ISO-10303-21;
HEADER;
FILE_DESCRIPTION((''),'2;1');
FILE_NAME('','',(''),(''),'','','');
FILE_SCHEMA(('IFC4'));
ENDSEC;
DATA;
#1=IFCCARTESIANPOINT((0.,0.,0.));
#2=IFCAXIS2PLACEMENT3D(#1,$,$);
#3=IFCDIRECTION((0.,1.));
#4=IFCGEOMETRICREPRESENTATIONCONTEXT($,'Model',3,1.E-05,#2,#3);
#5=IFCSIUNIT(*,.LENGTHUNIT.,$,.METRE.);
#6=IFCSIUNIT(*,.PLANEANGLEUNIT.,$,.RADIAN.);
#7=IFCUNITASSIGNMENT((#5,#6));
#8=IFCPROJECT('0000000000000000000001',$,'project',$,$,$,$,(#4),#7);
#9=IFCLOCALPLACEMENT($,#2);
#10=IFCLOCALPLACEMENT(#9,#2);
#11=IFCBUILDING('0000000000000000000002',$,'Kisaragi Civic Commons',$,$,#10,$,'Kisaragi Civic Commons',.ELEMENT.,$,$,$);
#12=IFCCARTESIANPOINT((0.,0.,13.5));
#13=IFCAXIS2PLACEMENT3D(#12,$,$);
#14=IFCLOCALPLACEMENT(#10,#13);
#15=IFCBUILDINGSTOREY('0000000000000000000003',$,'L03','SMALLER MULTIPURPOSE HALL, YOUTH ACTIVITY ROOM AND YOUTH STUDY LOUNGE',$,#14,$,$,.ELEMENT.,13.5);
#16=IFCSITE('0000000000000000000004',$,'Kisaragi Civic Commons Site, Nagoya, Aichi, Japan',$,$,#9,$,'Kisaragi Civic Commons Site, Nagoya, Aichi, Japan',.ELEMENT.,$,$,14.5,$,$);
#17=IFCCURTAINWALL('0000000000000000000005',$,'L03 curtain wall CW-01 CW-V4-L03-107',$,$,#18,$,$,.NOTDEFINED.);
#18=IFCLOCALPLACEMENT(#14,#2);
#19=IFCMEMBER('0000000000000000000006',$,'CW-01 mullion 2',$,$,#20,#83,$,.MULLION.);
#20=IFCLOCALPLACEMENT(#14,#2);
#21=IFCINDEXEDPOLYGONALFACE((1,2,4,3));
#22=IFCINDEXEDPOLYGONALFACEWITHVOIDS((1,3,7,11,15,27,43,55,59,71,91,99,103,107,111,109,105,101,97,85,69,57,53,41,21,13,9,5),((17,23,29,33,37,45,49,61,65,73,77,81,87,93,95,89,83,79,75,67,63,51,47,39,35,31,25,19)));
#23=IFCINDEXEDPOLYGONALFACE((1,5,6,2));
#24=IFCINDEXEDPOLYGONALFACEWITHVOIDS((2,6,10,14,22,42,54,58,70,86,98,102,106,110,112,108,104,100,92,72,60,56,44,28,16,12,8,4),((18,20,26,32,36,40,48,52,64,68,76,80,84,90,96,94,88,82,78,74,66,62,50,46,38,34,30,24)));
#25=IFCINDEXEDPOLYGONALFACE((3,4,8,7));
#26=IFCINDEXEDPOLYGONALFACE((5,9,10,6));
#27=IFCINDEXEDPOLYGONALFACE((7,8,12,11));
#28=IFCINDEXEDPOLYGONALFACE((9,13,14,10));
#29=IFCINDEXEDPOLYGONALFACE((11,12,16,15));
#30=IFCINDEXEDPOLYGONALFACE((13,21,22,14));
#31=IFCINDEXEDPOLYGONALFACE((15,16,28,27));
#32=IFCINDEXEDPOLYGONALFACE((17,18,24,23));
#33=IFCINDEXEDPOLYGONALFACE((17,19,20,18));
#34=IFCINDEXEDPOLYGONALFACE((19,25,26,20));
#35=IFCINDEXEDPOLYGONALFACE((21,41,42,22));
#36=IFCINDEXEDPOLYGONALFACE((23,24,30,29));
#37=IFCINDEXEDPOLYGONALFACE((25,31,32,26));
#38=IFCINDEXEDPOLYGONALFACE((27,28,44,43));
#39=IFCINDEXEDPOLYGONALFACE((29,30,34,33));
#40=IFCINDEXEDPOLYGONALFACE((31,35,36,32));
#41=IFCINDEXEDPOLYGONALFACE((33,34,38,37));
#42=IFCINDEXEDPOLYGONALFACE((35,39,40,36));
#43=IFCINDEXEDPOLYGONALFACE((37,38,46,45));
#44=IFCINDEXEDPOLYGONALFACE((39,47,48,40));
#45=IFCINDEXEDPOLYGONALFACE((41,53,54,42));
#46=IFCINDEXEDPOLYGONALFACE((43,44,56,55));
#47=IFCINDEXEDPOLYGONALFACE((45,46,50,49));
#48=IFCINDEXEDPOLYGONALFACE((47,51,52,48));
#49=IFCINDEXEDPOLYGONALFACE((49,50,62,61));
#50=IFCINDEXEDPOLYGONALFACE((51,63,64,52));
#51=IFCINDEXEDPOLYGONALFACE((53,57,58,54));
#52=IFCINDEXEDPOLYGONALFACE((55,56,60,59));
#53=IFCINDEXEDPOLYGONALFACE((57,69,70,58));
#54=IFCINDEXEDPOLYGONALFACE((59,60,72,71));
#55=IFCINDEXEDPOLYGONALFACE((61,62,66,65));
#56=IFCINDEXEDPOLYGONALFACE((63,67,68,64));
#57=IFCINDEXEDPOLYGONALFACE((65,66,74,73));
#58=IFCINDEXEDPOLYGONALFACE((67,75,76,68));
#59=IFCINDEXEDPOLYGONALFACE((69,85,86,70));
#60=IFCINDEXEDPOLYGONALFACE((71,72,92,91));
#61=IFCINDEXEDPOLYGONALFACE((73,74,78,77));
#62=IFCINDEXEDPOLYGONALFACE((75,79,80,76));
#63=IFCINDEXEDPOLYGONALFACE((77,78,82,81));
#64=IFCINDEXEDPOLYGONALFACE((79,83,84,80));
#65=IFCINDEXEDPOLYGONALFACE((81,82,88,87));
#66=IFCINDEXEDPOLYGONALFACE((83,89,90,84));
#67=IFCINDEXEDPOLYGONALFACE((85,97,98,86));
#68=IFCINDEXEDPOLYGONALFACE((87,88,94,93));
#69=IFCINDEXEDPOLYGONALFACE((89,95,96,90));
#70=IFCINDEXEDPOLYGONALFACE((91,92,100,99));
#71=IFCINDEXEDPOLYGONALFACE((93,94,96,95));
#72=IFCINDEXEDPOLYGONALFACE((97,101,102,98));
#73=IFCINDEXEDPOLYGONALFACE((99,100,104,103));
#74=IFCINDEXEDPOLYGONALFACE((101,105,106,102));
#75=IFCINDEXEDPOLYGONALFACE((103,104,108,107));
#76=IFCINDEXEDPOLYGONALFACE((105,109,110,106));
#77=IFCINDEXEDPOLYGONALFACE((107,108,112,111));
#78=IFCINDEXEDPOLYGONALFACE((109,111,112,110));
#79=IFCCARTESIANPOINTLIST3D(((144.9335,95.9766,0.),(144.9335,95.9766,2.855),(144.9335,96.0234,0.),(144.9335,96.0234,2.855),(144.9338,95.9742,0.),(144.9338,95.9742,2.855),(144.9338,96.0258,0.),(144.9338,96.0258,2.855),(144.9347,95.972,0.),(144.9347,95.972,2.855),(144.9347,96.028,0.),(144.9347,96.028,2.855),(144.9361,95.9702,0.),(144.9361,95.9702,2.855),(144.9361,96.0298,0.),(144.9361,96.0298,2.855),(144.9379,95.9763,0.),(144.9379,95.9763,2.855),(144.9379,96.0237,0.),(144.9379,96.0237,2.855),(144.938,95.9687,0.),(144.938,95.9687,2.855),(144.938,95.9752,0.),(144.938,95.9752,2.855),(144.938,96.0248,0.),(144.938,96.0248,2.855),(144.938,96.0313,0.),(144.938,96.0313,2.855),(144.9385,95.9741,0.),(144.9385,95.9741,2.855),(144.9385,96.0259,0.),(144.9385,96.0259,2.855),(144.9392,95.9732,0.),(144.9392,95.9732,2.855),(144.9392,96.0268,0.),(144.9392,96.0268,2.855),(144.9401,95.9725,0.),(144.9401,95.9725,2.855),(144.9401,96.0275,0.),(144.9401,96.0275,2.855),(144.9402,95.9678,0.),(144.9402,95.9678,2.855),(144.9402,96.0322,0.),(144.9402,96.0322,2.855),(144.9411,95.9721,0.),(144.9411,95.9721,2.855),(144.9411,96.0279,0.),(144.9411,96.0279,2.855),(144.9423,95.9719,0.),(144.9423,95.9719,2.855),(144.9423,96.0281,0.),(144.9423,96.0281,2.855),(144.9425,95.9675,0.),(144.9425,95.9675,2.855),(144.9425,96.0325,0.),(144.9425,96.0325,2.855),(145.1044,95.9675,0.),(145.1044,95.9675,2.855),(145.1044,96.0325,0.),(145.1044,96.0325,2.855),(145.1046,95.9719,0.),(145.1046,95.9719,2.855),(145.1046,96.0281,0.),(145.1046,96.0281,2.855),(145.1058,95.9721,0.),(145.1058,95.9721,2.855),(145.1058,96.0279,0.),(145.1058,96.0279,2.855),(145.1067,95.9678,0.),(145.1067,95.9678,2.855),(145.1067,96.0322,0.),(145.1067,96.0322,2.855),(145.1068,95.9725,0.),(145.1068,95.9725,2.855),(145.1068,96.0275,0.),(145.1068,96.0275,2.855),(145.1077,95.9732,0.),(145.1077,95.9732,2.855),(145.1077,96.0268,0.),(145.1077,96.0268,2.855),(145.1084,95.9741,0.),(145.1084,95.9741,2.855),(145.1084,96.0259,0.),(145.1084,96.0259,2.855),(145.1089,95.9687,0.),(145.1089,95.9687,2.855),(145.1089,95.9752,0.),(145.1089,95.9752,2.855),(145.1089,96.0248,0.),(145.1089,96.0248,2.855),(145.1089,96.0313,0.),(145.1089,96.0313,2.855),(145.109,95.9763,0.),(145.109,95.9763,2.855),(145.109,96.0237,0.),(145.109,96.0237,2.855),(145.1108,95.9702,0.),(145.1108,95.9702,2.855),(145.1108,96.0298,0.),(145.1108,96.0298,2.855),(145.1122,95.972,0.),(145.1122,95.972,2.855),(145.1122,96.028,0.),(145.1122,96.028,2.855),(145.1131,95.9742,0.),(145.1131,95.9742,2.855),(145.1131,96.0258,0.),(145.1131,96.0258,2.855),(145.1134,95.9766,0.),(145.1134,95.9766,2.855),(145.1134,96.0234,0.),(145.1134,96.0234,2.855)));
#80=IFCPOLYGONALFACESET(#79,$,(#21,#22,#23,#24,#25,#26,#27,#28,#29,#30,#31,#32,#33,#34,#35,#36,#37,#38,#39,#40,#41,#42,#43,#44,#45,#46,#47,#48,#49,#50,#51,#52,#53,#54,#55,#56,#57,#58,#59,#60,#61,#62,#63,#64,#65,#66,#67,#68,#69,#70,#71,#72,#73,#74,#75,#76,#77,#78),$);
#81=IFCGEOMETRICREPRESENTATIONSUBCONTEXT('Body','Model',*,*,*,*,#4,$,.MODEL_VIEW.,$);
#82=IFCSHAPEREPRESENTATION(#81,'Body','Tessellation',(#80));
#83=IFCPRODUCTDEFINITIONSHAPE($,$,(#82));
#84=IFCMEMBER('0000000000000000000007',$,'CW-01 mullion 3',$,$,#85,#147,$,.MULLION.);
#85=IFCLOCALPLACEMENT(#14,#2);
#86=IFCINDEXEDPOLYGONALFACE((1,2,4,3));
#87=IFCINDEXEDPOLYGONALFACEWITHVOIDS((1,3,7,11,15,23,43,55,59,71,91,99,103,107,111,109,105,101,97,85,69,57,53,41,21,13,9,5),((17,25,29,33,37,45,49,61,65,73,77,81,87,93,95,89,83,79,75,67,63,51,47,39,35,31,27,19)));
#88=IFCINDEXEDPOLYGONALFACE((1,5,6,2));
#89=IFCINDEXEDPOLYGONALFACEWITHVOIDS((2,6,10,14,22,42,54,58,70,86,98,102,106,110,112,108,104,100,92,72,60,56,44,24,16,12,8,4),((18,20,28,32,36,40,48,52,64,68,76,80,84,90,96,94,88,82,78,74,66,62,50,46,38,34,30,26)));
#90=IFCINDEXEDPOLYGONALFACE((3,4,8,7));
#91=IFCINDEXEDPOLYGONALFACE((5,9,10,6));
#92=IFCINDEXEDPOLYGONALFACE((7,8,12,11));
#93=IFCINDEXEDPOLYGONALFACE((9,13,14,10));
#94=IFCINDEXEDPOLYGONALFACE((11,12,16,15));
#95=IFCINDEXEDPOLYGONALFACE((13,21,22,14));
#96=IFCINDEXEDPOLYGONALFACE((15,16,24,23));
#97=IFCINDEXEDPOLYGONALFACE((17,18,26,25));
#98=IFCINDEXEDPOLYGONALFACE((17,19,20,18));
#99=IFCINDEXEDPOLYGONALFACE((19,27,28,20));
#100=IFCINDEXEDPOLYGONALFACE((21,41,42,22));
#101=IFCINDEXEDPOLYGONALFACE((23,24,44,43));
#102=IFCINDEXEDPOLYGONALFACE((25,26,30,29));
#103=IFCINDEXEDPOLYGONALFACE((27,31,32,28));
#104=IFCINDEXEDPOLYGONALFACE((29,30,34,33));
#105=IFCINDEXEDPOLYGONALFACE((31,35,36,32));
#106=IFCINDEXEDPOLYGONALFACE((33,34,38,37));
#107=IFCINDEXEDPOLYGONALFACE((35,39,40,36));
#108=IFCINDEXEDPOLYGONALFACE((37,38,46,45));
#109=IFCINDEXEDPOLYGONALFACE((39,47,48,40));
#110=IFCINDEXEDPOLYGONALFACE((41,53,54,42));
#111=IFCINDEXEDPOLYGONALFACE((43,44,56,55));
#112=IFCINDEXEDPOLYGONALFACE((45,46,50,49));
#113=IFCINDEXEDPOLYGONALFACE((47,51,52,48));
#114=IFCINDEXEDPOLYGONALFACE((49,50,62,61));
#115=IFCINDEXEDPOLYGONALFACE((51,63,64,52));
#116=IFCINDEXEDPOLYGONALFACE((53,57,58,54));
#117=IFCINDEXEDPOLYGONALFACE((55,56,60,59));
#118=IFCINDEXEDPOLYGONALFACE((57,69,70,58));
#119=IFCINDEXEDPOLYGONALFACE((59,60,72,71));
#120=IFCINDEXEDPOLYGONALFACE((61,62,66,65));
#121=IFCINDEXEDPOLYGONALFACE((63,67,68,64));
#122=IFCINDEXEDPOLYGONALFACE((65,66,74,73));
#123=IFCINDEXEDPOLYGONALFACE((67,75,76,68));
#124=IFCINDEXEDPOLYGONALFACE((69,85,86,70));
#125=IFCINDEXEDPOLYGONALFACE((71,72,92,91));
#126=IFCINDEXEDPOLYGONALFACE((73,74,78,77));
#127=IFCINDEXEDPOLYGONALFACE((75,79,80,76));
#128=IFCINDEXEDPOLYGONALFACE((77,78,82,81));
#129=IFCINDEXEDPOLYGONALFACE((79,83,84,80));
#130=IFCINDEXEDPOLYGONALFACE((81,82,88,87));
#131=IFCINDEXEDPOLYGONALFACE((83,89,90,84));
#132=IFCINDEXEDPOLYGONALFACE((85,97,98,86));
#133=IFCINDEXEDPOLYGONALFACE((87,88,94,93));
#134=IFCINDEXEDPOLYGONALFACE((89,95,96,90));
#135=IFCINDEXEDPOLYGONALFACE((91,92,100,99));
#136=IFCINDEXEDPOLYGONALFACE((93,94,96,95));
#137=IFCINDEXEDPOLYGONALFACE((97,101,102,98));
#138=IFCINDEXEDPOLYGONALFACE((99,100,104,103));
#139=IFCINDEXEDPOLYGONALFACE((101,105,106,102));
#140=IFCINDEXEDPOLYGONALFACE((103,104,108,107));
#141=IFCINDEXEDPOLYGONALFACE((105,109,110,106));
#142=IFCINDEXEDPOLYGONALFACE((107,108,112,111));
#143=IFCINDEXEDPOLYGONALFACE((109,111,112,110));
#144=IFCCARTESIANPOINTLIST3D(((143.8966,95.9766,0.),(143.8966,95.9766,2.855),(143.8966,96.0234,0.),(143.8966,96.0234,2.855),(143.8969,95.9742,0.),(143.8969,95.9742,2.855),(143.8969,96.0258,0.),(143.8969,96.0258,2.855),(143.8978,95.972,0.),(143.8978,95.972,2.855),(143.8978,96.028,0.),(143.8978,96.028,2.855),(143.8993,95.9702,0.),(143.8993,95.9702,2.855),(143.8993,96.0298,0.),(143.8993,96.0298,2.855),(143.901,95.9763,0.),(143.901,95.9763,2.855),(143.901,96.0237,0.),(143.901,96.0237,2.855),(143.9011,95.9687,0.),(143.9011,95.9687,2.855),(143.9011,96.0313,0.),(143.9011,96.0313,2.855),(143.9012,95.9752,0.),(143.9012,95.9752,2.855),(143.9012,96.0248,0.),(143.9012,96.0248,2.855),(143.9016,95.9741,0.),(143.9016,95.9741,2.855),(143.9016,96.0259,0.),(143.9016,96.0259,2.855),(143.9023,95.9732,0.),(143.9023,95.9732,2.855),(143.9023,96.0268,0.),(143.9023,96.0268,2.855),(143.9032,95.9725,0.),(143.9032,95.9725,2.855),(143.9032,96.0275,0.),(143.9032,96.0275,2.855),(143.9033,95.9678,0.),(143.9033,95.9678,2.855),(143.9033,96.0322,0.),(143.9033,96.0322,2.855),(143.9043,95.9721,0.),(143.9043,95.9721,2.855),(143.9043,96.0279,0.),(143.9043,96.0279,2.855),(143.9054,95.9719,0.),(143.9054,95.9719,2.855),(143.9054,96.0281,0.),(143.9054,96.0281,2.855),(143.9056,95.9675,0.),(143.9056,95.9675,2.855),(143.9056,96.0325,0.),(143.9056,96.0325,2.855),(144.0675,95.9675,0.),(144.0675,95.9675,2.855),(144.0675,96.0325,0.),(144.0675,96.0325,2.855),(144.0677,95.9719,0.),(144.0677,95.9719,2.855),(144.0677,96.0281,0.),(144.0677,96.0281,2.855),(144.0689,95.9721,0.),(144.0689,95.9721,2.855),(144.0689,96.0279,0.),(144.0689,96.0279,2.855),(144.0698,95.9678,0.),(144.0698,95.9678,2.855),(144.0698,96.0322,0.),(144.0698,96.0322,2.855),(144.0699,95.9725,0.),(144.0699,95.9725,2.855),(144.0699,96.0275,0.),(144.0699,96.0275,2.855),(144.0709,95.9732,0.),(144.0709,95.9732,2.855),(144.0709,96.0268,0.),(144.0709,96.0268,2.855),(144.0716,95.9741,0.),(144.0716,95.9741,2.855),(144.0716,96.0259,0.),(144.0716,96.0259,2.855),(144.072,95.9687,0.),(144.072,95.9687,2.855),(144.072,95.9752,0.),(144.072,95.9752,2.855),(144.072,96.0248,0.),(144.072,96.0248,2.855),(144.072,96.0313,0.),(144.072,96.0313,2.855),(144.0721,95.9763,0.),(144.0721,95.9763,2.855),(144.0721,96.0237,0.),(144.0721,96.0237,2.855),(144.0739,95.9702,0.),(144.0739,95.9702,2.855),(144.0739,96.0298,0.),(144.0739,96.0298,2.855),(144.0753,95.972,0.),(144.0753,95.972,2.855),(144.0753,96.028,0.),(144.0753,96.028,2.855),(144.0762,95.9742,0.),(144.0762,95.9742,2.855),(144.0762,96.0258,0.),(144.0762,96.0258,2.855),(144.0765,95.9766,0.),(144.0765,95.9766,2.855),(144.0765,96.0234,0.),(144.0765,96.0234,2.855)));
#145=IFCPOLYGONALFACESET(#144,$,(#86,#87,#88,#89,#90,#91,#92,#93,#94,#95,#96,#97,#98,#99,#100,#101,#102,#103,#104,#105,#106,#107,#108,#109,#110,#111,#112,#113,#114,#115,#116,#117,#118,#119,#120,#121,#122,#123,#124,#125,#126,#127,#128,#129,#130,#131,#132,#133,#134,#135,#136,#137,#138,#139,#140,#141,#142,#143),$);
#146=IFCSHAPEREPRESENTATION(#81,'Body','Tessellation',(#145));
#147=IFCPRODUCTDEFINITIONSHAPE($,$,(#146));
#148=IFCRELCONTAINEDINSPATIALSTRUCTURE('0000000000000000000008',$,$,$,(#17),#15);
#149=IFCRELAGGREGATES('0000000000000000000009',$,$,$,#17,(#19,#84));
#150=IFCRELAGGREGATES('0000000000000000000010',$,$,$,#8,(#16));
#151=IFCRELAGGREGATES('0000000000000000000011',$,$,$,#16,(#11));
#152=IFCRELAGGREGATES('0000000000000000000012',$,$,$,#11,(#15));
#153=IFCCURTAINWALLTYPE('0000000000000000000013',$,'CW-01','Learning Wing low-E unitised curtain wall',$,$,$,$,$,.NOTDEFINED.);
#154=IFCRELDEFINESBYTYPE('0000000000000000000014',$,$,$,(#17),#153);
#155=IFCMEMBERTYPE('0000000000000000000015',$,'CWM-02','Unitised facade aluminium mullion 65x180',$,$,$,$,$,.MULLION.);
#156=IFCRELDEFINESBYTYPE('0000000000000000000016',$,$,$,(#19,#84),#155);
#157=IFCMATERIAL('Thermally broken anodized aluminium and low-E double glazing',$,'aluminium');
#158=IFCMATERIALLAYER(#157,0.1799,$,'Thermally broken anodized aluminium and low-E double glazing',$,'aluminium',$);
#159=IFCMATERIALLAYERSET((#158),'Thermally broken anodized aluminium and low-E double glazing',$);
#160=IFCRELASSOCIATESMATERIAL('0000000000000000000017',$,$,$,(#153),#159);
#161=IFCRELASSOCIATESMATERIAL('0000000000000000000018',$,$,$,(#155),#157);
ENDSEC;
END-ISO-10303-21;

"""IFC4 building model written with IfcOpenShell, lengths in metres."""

from ifc_helpers import new_model, si_unit, direction, frame, origin, origin_2d, place, context, subcontext, project, spatial, hollow_rectangle, extrude, material, layer, layer_set, material_profile, profile_set, type_object, element, aggregate, save


model = new_model("IFC4")

# Units and contexts
model_context = context("Model", 3, precision=1e-05, world=origin(), true_north=direction((0.0, 1.0)))
body_context = subcontext(model_context, "Body", "Model", "MODEL_VIEW")
ifc_project = project(units=[si_unit("LENGTHUNIT", "METRE"), si_unit("PLANEANGLEUNIT", "RADIAN")], contexts=[model_context])

# Site, building, storey
site_placement = place(None, origin())
site = spatial("IfcSite", under=ifc_project, at=site_placement, Name="Kisaragi Civic Commons Site, Nagoya, Aichi, Japan", LongName="Kisaragi Civic Commons Site, Nagoya, Aichi, Japan", CompositionType="ELEMENT", RefElevation=14.5)
building_placement = place(site_placement, origin())
building = spatial("IfcBuilding", under=site, at=building_placement, Name="Kisaragi Civic Commons", LongName="Kisaragi Civic Commons", CompositionType="ELEMENT")
storey_placement = place(building_placement, frame((0.0, 0.0, 13.5)))
storey = spatial("IfcBuildingStorey", under=building, at=storey_placement, Name="L03", Description="SMALLER MULTIPURPOSE HALL, YOUTH ACTIVITY ROOM AND YOUTH STUDY LOUNGE", CompositionType="ELEMENT", Elevation=13.5)

# Shared definitions
ifc_material_1 = material(Name="Thermally broken anodized aluminium and low-E double glazing", Category="aluminium")
ifc_layer_1 = layer(ifc_material_1, 0.1799, Name="Thermally broken anodized aluminium and low-E double glazing", Category="aluminium")
ifc_layer_set_1 = layer_set([ifc_layer_1], Name="Thermally broken anodized aluminium and low-E double glazing")
curtain_wall_type = type_object("IfcCurtainWallType", Name="CW-01", Description="Learning Wing low-E unitised curtain wall", PredefinedType="NOTDEFINED", material=ifc_layer_set_1)
ifc_material_profile_1 = material_profile(ifc_material_1, hollow_rectangle(XDim=0.0649, YDim=0.1799, WallThickness=0.0044, InnerFilletRadius=0.0044, OuterFilletRadius=0.009, at=origin_2d()), Name="CWM-65x180x4.5", Category="aluminium")
ifc_profile_set_1 = profile_set([ifc_material_profile_1], Name="Thermally broken anodized aluminium and low-E double glazing")
member_type_1 = type_object("IfcMemberType", Name="CWM-02", Description="Unitised facade aluminium mullion 65x180", PredefinedType="MULLION", material=ifc_profile_set_1)

# Curtain wall, members
curtain_wall_1_placement = place(storey_placement, origin())
curtain_wall_1 = element("IfcCurtainWall", 1, at=curtain_wall_1_placement, inside=storey, type_object=curtain_wall_type, Name="L03 curtain wall CW-01 CW-V4-L03-107", PredefinedType="NOTDEFINED")
member_1_placement = place(storey_placement, frame((145.0234, 96.0, 0.0), z_axis=(0.0, 0.0, 1.0), x_axis=(0.0, -1.0, 0.0)))
member_1 = element("IfcMember", 2, at=member_1_placement, type_object=member_type_1, Name="CW-01 mullion 2", PredefinedType="MULLION", context=body_context, shape_type="SweptSolid", body=[
    extrude(hollow_rectangle(XDim=0.0649, YDim=0.1799, WallThickness=0.0044, InnerFilletRadius=0.0044, OuterFilletRadius=0.009, at=origin_2d()), origin(), (0.0, 0.0, 1.0), 2.855),
])
member_2_placement = place(storey_placement, frame((143.9866, 96.0, 0.0), z_axis=(0.0, 0.0, 1.0), x_axis=(0.0, -1.0, 0.0)))
member_2 = element("IfcMember", 3, at=member_2_placement, type_object=member_type_1, Name="CW-01 mullion 3", PredefinedType="MULLION", context=body_context, shape_type="SweptSolid", body=[
    extrude(hollow_rectangle(XDim=0.0649, YDim=0.1799, WallThickness=0.0044, InnerFilletRadius=0.0044, OuterFilletRadius=0.009, at=origin_2d()), origin(), (0.0, 0.0, 1.0), 2.855),
])

aggregate(curtain_wall_1, [member_1, member_2])

save(model, "model.ifc")
